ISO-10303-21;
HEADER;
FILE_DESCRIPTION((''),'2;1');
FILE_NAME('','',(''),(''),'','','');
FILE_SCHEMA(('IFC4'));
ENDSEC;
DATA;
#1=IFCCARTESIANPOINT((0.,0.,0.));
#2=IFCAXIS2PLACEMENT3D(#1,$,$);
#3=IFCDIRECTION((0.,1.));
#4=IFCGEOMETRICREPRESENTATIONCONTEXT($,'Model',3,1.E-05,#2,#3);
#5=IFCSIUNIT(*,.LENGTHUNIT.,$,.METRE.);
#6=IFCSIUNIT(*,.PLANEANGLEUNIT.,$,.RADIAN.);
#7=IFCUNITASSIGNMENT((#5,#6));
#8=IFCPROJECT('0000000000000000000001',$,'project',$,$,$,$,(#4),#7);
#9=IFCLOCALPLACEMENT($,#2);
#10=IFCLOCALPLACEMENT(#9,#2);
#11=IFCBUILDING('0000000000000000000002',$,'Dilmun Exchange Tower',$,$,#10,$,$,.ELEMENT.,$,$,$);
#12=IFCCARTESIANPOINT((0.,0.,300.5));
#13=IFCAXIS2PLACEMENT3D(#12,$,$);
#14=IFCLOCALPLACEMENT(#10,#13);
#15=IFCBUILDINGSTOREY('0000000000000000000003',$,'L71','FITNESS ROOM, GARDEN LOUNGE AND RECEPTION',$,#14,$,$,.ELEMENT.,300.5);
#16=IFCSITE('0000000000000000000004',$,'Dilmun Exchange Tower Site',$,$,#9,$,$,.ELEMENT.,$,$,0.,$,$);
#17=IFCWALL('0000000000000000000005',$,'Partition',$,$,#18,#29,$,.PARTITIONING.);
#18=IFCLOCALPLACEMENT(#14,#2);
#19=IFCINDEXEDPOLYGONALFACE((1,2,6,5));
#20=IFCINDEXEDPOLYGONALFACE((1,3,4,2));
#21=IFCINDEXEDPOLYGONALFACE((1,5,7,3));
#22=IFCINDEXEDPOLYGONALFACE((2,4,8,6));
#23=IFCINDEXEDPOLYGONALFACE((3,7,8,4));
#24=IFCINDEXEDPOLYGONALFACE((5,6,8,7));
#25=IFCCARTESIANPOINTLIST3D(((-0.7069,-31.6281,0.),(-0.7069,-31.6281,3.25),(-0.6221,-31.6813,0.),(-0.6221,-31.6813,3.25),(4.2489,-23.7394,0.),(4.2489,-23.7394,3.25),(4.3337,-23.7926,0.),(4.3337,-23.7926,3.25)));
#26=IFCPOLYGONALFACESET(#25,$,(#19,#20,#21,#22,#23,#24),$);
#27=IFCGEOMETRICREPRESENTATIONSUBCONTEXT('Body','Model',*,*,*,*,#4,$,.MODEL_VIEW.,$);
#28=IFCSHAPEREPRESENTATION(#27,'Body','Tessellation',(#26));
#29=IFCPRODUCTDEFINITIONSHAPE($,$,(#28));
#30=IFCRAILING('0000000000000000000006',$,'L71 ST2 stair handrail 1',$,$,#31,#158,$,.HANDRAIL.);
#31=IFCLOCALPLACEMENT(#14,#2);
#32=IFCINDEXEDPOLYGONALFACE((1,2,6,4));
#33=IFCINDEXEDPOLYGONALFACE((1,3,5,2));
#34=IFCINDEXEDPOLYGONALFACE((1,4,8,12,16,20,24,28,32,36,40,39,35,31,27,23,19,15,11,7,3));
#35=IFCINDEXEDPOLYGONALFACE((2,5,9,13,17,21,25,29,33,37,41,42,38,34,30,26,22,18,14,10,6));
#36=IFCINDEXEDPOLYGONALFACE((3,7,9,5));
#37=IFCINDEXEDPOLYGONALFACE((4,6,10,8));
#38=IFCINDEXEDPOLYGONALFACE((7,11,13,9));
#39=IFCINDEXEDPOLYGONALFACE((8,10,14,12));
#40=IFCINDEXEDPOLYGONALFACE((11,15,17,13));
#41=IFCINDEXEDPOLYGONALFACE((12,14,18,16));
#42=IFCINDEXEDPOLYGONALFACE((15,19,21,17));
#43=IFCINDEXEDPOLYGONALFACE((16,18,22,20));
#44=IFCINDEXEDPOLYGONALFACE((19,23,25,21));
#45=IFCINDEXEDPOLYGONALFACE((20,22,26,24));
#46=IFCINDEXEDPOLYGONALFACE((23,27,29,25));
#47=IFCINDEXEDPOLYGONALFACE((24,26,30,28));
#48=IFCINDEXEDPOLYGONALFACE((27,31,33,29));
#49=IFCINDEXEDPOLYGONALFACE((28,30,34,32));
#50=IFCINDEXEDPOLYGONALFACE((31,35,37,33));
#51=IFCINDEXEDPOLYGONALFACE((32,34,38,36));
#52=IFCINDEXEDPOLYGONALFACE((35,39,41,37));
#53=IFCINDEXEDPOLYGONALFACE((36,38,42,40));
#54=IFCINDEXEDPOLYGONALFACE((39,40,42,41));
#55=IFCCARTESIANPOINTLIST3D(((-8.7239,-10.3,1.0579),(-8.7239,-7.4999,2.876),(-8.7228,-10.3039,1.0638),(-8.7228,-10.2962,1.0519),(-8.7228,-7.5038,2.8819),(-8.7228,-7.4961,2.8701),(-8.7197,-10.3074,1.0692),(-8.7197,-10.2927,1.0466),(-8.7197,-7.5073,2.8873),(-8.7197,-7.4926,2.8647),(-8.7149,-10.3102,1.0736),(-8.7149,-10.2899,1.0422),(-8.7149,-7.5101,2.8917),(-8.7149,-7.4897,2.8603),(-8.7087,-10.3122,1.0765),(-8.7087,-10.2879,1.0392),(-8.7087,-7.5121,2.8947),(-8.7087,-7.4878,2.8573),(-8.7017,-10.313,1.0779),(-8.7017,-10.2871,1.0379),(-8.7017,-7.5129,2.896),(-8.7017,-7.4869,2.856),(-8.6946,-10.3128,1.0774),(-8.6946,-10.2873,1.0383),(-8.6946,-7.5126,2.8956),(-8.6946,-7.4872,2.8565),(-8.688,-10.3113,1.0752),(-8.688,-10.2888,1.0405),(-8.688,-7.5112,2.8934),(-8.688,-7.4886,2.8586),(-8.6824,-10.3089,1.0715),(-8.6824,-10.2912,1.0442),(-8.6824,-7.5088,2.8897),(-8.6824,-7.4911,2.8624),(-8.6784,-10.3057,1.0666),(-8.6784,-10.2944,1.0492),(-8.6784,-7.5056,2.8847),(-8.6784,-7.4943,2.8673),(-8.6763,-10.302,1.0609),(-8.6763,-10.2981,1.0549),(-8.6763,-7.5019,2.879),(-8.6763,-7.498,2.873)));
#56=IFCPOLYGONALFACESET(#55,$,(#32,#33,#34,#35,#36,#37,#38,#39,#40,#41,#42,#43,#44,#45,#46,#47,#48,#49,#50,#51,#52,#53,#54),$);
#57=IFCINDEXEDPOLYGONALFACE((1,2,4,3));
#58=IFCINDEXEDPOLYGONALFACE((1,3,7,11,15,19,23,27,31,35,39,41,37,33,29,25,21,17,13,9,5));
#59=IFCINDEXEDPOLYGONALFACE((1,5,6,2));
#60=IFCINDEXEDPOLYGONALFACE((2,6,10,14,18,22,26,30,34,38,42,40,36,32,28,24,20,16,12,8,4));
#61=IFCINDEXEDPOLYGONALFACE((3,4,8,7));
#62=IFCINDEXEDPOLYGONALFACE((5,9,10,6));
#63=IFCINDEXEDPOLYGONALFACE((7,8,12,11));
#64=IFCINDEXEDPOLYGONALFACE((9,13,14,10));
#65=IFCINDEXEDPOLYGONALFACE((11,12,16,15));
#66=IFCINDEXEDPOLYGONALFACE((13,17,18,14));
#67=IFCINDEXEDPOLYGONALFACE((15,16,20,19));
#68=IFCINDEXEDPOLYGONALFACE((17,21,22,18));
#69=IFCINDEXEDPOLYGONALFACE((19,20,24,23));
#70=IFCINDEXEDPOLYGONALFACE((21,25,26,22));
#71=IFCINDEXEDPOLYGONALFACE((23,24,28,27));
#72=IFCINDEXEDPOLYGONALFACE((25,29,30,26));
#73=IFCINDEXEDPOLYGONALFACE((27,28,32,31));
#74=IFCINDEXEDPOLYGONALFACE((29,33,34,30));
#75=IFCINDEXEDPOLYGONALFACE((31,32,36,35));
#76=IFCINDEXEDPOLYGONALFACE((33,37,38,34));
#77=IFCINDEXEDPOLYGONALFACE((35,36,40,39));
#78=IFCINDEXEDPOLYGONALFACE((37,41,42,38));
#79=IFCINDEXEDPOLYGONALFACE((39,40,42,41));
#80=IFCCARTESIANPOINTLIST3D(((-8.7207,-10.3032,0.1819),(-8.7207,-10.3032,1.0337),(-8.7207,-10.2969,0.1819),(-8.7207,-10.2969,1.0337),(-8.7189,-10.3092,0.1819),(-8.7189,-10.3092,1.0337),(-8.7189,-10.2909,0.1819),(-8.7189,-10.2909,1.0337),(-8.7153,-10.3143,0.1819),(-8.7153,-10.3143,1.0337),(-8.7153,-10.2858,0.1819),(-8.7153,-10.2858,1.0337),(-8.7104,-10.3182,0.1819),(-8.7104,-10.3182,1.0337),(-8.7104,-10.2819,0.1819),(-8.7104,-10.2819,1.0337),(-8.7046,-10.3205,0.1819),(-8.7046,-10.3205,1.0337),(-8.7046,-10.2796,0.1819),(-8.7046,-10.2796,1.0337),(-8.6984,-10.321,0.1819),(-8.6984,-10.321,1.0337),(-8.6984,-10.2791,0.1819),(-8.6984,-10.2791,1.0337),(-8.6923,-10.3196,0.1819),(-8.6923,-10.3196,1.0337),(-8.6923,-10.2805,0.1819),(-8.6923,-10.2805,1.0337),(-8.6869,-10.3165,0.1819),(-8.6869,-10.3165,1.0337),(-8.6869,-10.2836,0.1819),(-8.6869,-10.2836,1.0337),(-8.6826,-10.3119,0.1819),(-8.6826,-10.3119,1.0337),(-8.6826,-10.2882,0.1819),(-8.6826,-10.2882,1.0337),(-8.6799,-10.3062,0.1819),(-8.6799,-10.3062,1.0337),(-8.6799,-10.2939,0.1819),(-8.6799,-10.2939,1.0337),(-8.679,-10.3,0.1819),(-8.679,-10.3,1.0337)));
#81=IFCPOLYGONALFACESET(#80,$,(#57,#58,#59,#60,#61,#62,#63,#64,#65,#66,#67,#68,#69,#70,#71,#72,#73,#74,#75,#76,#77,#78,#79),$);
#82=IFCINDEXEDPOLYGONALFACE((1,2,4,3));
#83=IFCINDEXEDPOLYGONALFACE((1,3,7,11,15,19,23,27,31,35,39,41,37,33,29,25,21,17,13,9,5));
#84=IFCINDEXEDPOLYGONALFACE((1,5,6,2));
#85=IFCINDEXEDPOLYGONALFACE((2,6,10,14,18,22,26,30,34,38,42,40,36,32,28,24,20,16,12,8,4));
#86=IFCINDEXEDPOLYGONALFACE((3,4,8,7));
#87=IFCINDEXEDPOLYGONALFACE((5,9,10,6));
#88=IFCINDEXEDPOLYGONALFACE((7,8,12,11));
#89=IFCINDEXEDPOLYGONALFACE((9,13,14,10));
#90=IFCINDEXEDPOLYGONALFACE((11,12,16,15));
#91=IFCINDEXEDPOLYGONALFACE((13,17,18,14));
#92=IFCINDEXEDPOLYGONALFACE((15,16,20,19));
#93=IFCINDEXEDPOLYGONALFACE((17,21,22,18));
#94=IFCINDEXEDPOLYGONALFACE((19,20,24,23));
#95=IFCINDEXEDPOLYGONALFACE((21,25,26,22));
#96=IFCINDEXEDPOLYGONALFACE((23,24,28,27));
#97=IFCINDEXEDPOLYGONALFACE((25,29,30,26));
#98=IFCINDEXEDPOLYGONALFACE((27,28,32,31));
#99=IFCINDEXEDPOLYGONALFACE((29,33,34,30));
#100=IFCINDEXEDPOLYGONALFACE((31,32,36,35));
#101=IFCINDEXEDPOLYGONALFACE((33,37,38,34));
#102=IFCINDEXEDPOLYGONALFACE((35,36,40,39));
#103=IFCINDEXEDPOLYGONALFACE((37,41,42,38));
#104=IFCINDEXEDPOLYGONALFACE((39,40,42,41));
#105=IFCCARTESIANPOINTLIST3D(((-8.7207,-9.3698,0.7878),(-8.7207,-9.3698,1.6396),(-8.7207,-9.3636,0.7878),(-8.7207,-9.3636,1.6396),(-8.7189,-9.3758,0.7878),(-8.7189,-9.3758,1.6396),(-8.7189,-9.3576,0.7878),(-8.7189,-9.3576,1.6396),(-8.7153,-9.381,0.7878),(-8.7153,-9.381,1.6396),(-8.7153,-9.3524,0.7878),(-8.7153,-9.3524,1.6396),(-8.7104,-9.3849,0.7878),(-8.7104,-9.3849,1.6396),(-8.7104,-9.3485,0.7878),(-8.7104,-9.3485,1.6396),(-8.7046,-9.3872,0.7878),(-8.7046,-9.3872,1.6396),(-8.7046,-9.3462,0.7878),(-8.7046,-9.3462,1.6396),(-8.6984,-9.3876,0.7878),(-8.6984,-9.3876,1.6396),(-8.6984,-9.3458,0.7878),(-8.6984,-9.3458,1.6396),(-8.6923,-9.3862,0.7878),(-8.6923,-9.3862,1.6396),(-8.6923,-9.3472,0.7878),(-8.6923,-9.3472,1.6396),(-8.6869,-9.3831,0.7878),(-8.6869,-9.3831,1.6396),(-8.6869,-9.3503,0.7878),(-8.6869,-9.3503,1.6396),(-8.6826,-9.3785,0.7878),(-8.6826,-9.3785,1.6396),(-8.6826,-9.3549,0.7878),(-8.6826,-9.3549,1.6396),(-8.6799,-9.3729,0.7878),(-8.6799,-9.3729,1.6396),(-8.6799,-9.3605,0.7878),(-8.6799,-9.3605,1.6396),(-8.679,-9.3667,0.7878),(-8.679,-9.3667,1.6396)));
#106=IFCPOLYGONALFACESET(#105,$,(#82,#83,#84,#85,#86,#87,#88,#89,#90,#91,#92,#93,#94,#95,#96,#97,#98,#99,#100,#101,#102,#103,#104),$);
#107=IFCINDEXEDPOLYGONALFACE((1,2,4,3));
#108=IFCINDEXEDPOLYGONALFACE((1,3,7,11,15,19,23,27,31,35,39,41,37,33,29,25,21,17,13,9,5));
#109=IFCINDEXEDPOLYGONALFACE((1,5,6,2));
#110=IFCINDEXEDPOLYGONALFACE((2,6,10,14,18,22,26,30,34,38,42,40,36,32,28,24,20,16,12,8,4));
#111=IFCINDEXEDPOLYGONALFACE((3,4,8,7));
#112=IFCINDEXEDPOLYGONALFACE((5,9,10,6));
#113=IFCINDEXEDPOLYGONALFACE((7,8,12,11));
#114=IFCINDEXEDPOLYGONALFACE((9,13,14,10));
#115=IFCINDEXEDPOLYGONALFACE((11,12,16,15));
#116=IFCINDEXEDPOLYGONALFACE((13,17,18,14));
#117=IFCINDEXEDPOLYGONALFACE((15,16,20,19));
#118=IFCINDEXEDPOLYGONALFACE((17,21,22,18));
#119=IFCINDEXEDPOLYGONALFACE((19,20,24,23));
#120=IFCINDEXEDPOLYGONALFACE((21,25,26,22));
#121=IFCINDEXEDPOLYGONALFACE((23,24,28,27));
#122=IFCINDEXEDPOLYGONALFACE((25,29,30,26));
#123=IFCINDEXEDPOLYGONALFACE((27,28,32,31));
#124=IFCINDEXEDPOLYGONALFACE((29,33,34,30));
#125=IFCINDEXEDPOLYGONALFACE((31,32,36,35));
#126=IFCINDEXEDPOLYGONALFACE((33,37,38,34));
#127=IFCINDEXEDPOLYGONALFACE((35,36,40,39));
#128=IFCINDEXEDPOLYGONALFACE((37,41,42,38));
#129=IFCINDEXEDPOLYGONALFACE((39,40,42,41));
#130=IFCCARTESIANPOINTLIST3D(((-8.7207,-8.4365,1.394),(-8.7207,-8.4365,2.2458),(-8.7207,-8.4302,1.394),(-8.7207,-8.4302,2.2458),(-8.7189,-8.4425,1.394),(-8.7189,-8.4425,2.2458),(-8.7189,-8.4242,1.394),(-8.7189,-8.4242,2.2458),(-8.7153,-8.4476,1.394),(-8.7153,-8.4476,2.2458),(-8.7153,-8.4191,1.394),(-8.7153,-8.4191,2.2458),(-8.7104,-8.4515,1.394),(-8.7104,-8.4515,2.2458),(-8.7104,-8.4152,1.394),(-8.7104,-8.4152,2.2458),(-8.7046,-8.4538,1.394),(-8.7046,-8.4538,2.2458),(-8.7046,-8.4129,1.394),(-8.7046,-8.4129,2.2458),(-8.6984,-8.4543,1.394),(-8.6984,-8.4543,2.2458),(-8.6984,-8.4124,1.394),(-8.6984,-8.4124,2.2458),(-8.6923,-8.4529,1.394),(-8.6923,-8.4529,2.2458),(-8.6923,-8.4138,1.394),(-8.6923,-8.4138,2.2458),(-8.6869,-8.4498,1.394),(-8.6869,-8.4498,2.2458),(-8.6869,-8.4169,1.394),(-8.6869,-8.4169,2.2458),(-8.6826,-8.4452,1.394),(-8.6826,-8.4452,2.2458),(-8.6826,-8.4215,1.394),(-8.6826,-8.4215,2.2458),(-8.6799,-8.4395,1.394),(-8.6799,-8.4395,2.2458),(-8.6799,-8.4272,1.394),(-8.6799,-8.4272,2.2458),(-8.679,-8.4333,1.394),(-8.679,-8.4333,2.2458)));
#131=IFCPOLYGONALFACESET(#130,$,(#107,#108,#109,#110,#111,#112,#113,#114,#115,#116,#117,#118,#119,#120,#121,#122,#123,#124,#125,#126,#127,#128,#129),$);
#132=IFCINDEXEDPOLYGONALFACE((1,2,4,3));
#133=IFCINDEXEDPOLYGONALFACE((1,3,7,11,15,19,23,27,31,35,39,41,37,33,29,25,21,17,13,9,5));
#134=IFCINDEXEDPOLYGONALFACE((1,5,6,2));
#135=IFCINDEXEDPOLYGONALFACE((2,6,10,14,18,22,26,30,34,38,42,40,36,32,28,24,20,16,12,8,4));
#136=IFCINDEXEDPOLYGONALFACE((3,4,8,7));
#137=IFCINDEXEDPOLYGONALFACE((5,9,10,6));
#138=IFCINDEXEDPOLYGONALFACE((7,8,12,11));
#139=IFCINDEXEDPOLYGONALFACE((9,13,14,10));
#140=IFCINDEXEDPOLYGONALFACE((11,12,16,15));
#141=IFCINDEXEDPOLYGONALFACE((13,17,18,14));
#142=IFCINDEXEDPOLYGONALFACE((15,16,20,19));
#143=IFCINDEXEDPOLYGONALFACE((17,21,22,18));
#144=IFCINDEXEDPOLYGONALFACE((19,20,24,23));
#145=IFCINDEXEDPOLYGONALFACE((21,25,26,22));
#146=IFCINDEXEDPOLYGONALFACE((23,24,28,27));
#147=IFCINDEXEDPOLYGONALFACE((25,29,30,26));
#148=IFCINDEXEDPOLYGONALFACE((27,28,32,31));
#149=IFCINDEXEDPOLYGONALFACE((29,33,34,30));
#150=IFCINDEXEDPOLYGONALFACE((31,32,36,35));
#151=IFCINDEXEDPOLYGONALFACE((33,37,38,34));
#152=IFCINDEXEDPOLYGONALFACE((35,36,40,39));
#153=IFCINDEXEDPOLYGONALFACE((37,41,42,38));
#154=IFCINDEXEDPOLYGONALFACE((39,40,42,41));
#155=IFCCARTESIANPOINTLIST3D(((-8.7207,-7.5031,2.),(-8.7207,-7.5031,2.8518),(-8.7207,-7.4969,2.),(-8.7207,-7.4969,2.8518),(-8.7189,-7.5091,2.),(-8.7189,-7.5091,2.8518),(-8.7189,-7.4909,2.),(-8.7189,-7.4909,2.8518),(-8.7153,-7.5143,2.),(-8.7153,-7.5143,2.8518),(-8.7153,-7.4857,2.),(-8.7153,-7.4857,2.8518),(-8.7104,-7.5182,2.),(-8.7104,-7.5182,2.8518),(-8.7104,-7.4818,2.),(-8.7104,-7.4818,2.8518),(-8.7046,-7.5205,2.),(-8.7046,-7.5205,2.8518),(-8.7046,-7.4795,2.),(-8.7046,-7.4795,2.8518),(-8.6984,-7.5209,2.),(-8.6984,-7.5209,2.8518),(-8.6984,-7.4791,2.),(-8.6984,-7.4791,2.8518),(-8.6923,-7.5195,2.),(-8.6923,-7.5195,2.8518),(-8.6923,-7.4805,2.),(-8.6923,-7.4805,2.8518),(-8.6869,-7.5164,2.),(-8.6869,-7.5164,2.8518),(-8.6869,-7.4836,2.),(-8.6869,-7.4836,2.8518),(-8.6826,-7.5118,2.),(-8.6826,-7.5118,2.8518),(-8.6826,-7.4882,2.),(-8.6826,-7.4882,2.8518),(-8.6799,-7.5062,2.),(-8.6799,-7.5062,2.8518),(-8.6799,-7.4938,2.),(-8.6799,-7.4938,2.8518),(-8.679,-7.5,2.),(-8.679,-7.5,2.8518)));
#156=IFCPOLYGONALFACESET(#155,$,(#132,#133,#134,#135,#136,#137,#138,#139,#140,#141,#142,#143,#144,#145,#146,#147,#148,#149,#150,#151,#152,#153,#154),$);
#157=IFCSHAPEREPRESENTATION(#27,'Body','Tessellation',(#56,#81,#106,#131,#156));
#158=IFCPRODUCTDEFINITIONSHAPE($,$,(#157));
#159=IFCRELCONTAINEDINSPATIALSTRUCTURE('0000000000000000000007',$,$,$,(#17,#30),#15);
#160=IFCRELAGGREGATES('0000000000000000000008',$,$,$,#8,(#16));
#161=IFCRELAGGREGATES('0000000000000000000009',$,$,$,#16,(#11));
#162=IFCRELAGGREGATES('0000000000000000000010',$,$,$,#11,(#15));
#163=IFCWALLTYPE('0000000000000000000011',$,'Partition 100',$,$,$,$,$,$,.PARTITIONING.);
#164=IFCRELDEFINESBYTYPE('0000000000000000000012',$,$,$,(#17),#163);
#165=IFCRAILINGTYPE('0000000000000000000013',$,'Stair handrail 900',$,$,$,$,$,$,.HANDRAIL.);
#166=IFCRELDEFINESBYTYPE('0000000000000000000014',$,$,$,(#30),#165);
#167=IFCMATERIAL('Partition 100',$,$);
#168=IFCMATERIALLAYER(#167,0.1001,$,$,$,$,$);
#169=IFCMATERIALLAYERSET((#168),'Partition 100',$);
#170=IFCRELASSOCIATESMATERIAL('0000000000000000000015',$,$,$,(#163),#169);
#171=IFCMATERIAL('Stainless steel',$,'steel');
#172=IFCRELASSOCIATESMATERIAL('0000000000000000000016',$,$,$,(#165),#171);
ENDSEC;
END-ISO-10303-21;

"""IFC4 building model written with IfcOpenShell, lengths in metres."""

from ifc_helpers import new_model, si_unit, direction, frame, frame_2d, origin, origin_2d, place, context, subcontext, project, spatial, rectangle, circle, extrude, material, layer, layer_set, type_object, element, save


model = new_model("IFC4")

# Units and contexts
model_context = context("Model", 3, precision=1e-05, world=origin(), true_north=direction((0.0, 1.0)))
body_context = subcontext(model_context, "Body", "Model", "MODEL_VIEW")
ifc_project = project(units=[si_unit("LENGTHUNIT", "METRE"), si_unit("PLANEANGLEUNIT", "RADIAN")], contexts=[model_context])

# Site, building, storey
site_placement = place(None, origin())
site = spatial("IfcSite", under=ifc_project, at=site_placement, Name="Dilmun Exchange Tower Site", CompositionType="ELEMENT", RefElevation=0.0)
building_placement = place(site_placement, origin())
building = spatial("IfcBuilding", under=site, at=building_placement, Name="Dilmun Exchange Tower", CompositionType="ELEMENT")
storey_placement = place(building_placement, frame((0.0, 0.0, 300.5)))
storey = spatial("IfcBuildingStorey", under=building, at=storey_placement, Name="L71", Description="FITNESS ROOM, GARDEN LOUNGE AND RECEPTION", CompositionType="ELEMENT", Elevation=300.5)

# Wall
ifc_material_1 = material(Name="Partition 100")
ifc_layer_1 = layer(ifc_material_1, 0.1001)
ifc_layer_set_1 = layer_set([ifc_layer_1], Name="Partition 100")
wall_type_1 = type_object("IfcWallType", Name="Partition 100", PredefinedType="PARTITIONING", material=ifc_layer_set_1)
wall_1_placement = place(storey_placement, frame((-0.6646, -31.6548, 0.0), z_axis=(0.0, 0.0, 1.0), x_axis=(0.531957, 0.846771, 0.0)))
element("IfcWall", 1, at=wall_1_placement, inside=storey, type_object=wall_type_1, Name="Partition", PredefinedType="PARTITIONING", context=body_context, shape_type="SweptSolid", body=[
    extrude(rectangle(XDim=9.3162, YDim=0.1001, at=frame_2d((4.6582, 0.0))), origin(), (0.0, 0.0, 1.0), 3.25),
])

# Railing
ifc_material_2 = material(Name="Stainless steel", Category="steel")
railing_type = type_object("IfcRailingType", Name="Stair handrail 900", PredefinedType="HANDRAIL", material=ifc_material_2)
railing_placement = place(storey_placement, frame((-8.7, -10.3, 0.1819)))
element("IfcRailing", 2, at=railing_placement, inside=storey, type_object=railing_type, Name="L71 ST2 stair handrail 1", PredefinedType="HANDRAIL", context=body_context, shape_type="SweptSolid", body=[
    extrude(circle(Radius=0.0239, at=origin_2d()), frame((0.0, 0.0, 0.876), z_axis=(0.0, 0.838706, 0.544585), x_axis=(-1.0, 0.0, 0.0)), (0.0, 0.0, 1.0), 3.3386),
    extrude(circle(Radius=0.021, at=origin_2d()), origin(), (0.0, 0.0, 1.0), 0.8518),
    extrude(circle(Radius=0.021, at=origin_2d()), frame((0.0, 0.9333, 0.606)), (0.0, 0.0, 1.0), 0.8518),
    extrude(circle(Radius=0.021, at=origin_2d()), frame((0.0, 1.8667, 1.2122)), (0.0, 0.0, 1.0), 0.8518),
    extrude(circle(Radius=0.021, at=origin_2d()), frame((0.0, 2.8, 1.8181)), (0.0, 0.0, 1.0), 0.8518),
])

save(model, "model.ifc")
